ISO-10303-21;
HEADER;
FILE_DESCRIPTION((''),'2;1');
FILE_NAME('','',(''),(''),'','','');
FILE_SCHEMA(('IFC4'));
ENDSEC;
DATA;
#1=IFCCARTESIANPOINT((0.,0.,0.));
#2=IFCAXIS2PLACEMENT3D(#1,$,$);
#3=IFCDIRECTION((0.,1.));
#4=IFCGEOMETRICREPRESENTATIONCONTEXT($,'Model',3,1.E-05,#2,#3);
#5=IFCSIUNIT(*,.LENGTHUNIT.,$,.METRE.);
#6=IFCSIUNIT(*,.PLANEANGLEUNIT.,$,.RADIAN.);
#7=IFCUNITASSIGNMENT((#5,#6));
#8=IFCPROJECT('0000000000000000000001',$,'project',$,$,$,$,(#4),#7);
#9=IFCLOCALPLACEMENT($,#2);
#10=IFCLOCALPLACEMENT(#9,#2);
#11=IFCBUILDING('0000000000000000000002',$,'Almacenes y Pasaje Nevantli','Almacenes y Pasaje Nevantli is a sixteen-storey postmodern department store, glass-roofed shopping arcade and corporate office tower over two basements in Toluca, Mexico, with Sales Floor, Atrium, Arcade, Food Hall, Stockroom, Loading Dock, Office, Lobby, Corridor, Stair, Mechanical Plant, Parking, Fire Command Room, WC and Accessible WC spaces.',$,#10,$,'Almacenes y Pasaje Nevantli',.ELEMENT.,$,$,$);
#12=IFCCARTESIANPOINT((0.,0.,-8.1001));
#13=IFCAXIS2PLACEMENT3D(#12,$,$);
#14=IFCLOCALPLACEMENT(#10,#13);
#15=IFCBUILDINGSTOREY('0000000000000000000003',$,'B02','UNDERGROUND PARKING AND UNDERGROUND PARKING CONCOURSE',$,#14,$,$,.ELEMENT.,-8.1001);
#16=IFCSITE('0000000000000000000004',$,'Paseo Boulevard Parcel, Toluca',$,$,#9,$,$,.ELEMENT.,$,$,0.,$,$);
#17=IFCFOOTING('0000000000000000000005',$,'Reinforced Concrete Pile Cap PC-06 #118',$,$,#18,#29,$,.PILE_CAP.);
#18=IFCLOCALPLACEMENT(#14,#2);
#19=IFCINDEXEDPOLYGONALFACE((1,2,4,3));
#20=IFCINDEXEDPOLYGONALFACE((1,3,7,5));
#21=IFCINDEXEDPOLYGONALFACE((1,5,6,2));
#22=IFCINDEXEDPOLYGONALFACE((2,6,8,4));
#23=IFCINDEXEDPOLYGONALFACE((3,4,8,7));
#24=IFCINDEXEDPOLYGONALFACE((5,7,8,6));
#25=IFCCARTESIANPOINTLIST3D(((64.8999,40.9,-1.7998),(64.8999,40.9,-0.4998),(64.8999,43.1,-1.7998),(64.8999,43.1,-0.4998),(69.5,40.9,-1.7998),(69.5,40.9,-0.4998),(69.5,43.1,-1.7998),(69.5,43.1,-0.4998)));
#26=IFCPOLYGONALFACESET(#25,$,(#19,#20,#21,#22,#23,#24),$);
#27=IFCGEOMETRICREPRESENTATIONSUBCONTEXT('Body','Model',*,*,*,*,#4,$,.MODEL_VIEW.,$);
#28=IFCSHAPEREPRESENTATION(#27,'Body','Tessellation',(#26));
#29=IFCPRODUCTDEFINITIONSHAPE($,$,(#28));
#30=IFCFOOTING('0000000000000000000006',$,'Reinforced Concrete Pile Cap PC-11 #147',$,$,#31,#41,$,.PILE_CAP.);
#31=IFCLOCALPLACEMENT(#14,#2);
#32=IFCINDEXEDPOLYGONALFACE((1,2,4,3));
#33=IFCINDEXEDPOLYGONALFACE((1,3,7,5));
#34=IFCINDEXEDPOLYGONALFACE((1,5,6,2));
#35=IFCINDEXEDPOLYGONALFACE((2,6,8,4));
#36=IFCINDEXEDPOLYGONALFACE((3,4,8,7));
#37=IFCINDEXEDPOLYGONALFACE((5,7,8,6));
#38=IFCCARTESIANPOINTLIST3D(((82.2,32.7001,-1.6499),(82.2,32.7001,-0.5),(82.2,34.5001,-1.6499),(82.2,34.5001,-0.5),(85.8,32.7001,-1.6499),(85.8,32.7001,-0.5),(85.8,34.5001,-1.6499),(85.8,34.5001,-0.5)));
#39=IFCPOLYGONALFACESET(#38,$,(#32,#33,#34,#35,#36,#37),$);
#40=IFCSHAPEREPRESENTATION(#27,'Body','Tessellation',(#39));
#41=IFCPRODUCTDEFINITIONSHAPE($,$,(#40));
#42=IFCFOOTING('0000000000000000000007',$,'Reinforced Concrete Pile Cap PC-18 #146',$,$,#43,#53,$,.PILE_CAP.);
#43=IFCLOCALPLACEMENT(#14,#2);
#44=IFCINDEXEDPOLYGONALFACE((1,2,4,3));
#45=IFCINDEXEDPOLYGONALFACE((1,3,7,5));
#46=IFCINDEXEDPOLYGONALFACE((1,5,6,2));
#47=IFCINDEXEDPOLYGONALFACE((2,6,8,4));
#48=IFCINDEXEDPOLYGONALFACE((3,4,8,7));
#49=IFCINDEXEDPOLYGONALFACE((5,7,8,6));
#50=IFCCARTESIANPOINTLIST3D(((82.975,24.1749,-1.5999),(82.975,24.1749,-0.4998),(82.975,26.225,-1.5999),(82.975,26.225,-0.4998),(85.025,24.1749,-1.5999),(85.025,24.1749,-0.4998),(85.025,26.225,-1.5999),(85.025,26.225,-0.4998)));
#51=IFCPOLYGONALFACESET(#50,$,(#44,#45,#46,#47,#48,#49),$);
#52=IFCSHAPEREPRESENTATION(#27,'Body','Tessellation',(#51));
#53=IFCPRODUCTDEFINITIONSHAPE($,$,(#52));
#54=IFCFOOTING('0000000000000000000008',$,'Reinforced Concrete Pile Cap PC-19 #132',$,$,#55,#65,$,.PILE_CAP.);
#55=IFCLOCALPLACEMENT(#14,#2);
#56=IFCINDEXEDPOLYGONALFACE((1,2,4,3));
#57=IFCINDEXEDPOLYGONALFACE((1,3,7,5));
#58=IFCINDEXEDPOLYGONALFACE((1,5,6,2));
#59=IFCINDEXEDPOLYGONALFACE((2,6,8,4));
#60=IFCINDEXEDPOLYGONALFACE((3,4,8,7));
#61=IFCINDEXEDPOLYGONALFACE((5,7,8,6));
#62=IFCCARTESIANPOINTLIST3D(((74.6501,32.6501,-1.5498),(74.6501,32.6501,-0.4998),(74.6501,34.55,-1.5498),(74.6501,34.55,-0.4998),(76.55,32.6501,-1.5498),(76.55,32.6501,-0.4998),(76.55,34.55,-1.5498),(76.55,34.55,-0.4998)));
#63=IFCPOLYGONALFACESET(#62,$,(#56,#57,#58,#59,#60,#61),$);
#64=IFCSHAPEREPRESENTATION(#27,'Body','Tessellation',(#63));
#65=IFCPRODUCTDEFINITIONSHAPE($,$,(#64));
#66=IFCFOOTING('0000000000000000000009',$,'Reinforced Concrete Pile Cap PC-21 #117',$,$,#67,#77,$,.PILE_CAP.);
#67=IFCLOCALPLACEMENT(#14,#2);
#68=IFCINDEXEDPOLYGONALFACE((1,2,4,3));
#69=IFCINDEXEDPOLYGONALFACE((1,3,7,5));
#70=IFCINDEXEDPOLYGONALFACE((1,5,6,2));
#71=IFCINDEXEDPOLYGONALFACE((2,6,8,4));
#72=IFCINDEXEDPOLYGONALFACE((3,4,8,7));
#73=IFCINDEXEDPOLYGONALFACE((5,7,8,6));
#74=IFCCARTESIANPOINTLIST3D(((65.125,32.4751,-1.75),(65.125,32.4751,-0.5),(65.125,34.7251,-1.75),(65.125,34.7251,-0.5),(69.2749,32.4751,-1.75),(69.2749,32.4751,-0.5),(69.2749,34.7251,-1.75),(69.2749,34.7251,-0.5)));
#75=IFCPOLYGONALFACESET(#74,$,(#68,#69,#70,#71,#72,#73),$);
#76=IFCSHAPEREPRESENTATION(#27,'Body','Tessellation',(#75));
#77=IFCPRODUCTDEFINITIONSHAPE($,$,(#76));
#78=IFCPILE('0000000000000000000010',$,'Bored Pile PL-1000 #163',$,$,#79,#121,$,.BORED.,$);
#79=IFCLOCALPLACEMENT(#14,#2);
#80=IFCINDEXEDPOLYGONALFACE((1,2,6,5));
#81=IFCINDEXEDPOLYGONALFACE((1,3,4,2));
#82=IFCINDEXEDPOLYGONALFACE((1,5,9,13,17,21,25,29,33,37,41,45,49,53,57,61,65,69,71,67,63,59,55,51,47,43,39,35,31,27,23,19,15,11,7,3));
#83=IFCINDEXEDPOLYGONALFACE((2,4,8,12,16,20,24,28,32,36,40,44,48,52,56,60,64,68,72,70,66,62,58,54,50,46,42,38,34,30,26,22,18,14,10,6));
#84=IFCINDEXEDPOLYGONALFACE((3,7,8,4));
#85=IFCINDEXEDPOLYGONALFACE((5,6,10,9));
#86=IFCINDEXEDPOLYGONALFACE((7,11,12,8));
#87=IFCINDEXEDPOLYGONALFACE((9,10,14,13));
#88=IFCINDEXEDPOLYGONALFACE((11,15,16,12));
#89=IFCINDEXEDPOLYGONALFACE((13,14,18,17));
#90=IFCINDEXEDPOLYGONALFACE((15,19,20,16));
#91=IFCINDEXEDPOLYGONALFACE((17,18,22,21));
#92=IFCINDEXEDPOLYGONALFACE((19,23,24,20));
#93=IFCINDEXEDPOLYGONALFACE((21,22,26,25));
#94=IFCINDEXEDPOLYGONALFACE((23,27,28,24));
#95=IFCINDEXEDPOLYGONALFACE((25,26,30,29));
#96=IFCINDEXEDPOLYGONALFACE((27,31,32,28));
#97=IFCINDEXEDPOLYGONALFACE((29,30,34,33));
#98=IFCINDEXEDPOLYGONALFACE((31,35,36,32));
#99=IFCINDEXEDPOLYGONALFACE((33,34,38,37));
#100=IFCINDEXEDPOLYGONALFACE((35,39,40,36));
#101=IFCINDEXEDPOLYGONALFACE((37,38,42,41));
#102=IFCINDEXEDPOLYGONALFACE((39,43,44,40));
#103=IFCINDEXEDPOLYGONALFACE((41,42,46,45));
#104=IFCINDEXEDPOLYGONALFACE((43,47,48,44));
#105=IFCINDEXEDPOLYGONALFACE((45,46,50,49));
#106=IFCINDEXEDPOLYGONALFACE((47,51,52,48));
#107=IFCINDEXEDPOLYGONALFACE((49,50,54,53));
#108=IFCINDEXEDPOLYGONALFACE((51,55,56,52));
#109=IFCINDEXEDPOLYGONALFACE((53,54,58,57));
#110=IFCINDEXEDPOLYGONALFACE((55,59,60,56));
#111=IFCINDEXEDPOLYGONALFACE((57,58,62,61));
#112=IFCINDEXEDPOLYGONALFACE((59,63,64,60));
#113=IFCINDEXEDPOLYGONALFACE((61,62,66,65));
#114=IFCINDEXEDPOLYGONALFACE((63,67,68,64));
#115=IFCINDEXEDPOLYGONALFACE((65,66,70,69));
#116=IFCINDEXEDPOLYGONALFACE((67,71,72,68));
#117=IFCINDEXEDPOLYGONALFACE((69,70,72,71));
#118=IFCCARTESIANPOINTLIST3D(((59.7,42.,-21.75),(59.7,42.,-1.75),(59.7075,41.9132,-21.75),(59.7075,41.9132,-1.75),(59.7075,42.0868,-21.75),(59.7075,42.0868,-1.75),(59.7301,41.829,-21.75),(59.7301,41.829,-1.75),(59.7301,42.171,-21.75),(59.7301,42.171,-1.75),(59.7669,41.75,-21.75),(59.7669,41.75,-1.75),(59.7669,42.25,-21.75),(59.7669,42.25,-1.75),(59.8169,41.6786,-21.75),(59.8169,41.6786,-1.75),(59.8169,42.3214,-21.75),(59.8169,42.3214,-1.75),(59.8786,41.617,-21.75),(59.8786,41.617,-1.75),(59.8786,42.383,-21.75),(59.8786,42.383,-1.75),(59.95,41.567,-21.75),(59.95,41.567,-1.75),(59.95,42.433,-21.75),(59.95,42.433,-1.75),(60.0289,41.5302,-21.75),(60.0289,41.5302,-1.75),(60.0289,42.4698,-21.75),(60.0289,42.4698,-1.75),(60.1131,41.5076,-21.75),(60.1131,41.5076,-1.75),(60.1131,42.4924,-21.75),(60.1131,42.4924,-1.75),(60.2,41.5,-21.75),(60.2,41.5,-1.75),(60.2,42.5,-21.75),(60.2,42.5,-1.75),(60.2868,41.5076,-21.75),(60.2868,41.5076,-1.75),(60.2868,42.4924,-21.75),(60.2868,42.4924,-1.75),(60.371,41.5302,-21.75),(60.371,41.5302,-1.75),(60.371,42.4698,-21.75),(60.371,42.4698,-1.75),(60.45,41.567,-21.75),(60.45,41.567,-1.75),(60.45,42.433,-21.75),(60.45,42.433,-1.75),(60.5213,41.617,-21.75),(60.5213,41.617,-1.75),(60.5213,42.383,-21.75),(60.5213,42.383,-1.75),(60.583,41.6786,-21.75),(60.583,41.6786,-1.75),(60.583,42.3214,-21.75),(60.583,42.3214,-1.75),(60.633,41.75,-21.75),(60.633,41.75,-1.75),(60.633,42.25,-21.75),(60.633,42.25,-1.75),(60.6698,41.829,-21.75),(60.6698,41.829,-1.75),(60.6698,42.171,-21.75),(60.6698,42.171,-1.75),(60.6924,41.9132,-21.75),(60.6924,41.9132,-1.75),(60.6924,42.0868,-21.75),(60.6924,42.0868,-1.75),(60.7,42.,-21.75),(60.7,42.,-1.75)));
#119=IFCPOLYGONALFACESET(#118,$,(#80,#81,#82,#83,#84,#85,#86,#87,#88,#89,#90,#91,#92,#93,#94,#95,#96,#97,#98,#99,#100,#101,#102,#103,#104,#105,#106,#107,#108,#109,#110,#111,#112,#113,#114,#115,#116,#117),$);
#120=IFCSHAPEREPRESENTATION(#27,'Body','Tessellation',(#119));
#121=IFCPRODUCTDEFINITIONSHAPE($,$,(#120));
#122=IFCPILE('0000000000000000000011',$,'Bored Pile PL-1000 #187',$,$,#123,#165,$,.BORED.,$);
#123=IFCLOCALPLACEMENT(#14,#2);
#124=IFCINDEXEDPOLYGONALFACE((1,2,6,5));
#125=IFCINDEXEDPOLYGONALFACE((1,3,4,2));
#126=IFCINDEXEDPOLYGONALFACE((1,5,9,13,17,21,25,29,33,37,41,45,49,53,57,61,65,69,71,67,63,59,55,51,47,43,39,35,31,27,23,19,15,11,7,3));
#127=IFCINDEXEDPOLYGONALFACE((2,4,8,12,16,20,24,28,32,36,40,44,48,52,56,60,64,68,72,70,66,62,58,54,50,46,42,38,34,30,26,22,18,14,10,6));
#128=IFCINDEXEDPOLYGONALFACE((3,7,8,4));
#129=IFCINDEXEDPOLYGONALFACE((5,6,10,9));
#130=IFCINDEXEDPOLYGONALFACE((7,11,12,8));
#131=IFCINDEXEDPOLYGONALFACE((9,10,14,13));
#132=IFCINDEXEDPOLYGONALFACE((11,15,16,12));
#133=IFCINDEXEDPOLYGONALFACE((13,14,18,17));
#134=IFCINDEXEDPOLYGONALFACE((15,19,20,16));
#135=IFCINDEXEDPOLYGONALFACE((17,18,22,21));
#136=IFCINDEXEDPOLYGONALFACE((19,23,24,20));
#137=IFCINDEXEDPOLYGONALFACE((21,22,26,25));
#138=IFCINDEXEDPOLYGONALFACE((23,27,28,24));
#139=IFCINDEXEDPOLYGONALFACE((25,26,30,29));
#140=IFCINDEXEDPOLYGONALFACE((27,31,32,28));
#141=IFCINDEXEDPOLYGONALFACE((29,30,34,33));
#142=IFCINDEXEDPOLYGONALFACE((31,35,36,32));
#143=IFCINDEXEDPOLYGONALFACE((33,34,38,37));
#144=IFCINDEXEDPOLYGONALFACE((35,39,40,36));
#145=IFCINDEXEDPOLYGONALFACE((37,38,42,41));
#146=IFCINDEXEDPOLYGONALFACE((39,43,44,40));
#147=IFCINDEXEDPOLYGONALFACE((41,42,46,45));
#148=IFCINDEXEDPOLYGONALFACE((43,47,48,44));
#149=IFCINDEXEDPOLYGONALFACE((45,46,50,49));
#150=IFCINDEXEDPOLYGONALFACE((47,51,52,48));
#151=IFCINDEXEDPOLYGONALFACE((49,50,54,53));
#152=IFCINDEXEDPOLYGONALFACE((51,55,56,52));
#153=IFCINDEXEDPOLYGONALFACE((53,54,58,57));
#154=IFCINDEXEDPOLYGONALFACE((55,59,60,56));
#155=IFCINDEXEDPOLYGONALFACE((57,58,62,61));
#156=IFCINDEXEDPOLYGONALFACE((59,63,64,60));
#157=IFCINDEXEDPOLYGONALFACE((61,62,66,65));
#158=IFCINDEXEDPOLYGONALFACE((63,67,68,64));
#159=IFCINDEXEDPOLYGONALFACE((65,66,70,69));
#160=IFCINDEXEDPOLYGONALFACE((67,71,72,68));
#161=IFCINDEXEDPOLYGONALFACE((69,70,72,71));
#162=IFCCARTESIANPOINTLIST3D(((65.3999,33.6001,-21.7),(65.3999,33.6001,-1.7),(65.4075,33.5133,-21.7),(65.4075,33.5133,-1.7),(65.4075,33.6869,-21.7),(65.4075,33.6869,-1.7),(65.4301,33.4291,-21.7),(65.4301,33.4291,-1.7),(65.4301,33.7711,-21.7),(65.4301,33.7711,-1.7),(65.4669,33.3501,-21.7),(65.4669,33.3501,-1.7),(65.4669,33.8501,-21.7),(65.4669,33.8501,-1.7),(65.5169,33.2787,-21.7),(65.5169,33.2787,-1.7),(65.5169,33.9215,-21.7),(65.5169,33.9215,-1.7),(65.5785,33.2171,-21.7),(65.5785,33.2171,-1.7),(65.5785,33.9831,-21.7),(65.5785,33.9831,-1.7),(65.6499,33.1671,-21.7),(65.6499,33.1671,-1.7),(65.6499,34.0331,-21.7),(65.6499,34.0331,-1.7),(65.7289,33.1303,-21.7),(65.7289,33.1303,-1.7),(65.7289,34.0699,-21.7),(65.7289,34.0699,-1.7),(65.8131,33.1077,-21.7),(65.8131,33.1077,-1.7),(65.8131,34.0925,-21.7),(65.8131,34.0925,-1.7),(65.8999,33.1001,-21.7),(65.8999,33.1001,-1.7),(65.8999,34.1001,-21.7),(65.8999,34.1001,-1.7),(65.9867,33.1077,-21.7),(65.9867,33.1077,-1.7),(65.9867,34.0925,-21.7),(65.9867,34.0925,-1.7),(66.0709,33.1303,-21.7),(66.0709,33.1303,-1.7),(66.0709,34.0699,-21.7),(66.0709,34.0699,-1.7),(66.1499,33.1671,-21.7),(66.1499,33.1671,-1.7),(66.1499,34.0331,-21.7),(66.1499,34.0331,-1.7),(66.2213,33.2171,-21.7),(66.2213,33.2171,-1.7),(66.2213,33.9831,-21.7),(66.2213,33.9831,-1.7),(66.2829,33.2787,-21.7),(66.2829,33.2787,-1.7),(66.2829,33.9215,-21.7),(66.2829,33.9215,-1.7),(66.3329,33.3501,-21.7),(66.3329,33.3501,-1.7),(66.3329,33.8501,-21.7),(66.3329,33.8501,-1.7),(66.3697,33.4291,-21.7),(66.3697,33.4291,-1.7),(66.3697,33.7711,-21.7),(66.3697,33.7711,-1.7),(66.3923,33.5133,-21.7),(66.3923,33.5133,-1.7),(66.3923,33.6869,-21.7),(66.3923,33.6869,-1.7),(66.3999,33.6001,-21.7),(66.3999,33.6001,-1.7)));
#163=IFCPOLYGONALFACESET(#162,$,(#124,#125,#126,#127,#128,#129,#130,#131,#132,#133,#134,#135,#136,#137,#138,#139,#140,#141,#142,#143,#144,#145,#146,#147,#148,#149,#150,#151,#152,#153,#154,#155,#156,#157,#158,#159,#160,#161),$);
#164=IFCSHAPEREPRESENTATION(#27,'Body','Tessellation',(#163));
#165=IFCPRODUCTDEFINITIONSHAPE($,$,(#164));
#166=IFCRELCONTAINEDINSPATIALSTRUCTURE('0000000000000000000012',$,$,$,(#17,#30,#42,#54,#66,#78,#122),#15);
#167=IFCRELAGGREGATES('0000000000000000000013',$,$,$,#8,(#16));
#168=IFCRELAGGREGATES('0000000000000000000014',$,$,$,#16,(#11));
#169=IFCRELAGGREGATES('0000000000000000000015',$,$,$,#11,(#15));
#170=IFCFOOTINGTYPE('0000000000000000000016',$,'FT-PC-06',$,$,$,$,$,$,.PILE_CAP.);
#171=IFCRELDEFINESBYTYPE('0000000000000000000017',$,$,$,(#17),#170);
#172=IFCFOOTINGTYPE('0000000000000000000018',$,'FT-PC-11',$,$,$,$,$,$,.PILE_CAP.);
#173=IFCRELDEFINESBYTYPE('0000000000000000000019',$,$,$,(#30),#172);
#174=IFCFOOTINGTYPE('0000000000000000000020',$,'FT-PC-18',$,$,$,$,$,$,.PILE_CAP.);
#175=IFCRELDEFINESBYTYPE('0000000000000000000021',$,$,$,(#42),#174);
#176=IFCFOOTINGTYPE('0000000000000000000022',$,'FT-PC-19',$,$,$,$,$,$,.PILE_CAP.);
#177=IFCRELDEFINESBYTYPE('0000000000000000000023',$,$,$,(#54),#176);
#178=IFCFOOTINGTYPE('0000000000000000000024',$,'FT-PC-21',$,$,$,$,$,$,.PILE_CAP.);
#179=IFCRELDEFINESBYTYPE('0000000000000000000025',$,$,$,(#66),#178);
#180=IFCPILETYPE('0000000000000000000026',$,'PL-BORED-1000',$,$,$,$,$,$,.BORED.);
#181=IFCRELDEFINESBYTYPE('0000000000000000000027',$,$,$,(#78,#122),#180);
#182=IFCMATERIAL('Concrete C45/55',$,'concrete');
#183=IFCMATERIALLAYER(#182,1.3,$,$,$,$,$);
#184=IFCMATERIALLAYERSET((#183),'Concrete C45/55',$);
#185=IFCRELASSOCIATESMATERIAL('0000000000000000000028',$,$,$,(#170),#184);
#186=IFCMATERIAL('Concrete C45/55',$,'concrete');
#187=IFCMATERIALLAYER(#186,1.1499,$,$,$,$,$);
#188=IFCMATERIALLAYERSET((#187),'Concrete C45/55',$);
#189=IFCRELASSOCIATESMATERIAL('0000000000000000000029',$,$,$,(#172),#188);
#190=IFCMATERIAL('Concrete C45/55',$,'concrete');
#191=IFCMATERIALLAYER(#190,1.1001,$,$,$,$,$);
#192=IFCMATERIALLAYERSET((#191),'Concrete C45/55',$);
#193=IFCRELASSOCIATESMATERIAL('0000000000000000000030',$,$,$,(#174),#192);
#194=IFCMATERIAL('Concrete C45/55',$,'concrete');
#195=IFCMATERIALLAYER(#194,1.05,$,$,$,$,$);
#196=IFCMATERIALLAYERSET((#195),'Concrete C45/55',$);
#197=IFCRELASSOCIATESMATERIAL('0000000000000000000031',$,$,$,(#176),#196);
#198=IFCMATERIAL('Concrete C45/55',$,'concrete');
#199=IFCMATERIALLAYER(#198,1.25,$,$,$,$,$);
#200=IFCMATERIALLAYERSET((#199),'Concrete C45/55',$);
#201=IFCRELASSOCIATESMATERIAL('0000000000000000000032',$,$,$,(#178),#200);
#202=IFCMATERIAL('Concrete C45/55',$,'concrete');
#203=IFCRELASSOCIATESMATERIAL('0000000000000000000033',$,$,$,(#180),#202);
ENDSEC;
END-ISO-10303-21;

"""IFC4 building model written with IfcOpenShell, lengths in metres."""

from ifc_helpers import new_model, si_unit, direction, frame, origin, origin_2d, place, context, subcontext, project, spatial, rectangle, circle, extrude, material, layer, layer_set, material_profile, profile_set, type_object, element, save


model = new_model("IFC4")

# Units and contexts
model_context = context("Model", 3, precision=1e-05, world=origin(), true_north=direction((0.0, 1.0)))
body_context = subcontext(model_context, "Body", "Model", "MODEL_VIEW")
ifc_project = project(units=[si_unit("LENGTHUNIT", "METRE"), si_unit("PLANEANGLEUNIT", "RADIAN")], contexts=[model_context])

# Site, building, storey
site_placement = place(None, origin())
site = spatial("IfcSite", under=ifc_project, at=site_placement, Name="Paseo Boulevard Parcel, Toluca", CompositionType="ELEMENT", RefElevation=0.0)
building_placement = place(site_placement, origin())
building = spatial("IfcBuilding", under=site, at=building_placement, Name="Almacenes y Pasaje Nevantli", Description="Almacenes y Pasaje Nevantli is a sixteen-storey postmodern department store, glass-roofed shopping arcade and corporate office tower over two basements in Toluca, Mexico, with Sales Floor, Atrium, Arcade, Food Hall, Stockroom, Loading Dock, Office, Lobby, Corridor, Stair, Mechanical Plant, Parking, Fire Command Room, WC and Accessible WC spaces.", LongName="Almacenes y Pasaje Nevantli", CompositionType="ELEMENT")
storey_placement = place(building_placement, frame((0.0, 0.0, -8.1001)))
storey = spatial("IfcBuildingStorey", under=building, at=storey_placement, Name="B02", Description="UNDERGROUND PARKING AND UNDERGROUND PARKING CONCOURSE", CompositionType="ELEMENT", Elevation=-8.1001)

# Footings
ifc_material_1 = material(Name="Concrete C45/55", Category="concrete")
ifc_layer_1 = layer(ifc_material_1, 1.3)
ifc_layer_set_1 = layer_set([ifc_layer_1], Name="Concrete C45/55")
footing_type_1 = type_object("IfcFootingType", Name="FT-PC-06", PredefinedType="PILE_CAP", material=ifc_layer_set_1)
footing_1_placement = place(storey_placement, frame((67.2, 42.0, -1.7998), z_axis=(0.0, 0.0, 1.0), x_axis=(1.0, 0.0, 0.0)))
element("IfcFooting", 1, at=footing_1_placement, inside=storey, type_object=footing_type_1, Name="Reinforced Concrete Pile Cap PC-06 #118", PredefinedType="PILE_CAP", context=body_context, shape_type="SweptSolid", body=[
    extrude(rectangle(XDim=4.6001, YDim=2.2, at=origin_2d()), origin(), (0.0, 0.0, 1.0), 1.3),
])
ifc_material_2 = material(Name="Concrete C45/55", Category="concrete")
ifc_layer_2 = layer(ifc_material_2, 1.1499)
ifc_layer_set_2 = layer_set([ifc_layer_2], Name="Concrete C45/55")
footing_type_2 = type_object("IfcFootingType", Name="FT-PC-11", PredefinedType="PILE_CAP", material=ifc_layer_set_2)
footing_2_placement = place(storey_placement, frame((84.0, 33.6001, -1.6499), z_axis=(0.0, 0.0, 1.0), x_axis=(1.0, 0.0, 0.0)))
element("IfcFooting", 2, at=footing_2_placement, inside=storey, type_object=footing_type_2, Name="Reinforced Concrete Pile Cap PC-11 #147", PredefinedType="PILE_CAP", context=body_context, shape_type="SweptSolid", body=[
    extrude(rectangle(XDim=3.6001, YDim=1.8, at=origin_2d()), origin(), (0.0, 0.0, 1.0), 1.1499),
])
ifc_material_3 = material(Name="Concrete C45/55", Category="concrete")
ifc_layer_3 = layer(ifc_material_3, 1.1001)
ifc_layer_set_3 = layer_set([ifc_layer_3], Name="Concrete C45/55")
footing_type_3 = type_object("IfcFootingType", Name="FT-PC-18", PredefinedType="PILE_CAP", material=ifc_layer_set_3)
footing_3_placement = place(storey_placement, frame((84.0, 25.2, -1.5999), z_axis=(0.0, 0.0, 1.0), x_axis=(1.0, 0.0, 0.0)))
element("IfcFooting", 3, at=footing_3_placement, inside=storey, type_object=footing_type_3, Name="Reinforced Concrete Pile Cap PC-18 #146", PredefinedType="PILE_CAP", context=body_context, shape_type="SweptSolid", body=[
    extrude(rectangle(XDim=2.05, YDim=2.05, at=origin_2d()), origin(), (0.0, 0.0, 1.0), 1.1001),
])
ifc_material_4 = material(Name="Concrete C45/55", Category="concrete")
ifc_layer_4 = layer(ifc_material_4, 1.05)
ifc_layer_set_4 = layer_set([ifc_layer_4], Name="Concrete C45/55")
footing_type_4 = type_object("IfcFootingType", Name="FT-PC-19", PredefinedType="PILE_CAP", material=ifc_layer_set_4)
footing_4_placement = place(storey_placement, frame((75.6001, 33.6001, -1.5498), z_axis=(0.0, 0.0, 1.0), x_axis=(1.0, 0.0, 0.0)))
element("IfcFooting", 4, at=footing_4_placement, inside=storey, type_object=footing_type_4, Name="Reinforced Concrete Pile Cap PC-19 #132", PredefinedType="PILE_CAP", context=body_context, shape_type="SweptSolid", body=[
    extrude(rectangle(XDim=1.8999, YDim=1.8999, at=origin_2d()), origin(), (0.0, 0.0, 1.0), 1.05),
])
ifc_material_5 = material(Name="Concrete C45/55", Category="concrete")
ifc_layer_5 = layer(ifc_material_5, 1.25)
ifc_layer_set_5 = layer_set([ifc_layer_5], Name="Concrete C45/55")
footing_type_5 = type_object("IfcFootingType", Name="FT-PC-21", PredefinedType="PILE_CAP", material=ifc_layer_set_5)
footing_5_placement = place(storey_placement, frame((67.2, 33.6001, -1.75), z_axis=(0.0, 0.0, 1.0), x_axis=(1.0, 0.0, 0.0)))
element("IfcFooting", 5, at=footing_5_placement, inside=storey, type_object=footing_type_5, Name="Reinforced Concrete Pile Cap PC-21 #117", PredefinedType="PILE_CAP", context=body_context, shape_type="SweptSolid", body=[
    extrude(rectangle(XDim=4.1499, YDim=2.25, at=origin_2d()), origin(), (0.0, 0.0, 1.0), 1.25),
])

# Piles
ifc_material_6 = material(Name="Concrete C45/55", Category="concrete")
ifc_material_profile_1 = material_profile(ifc_material_6, circle(Radius=0.5, at=origin_2d()), Name="RC-PILE-D1000")
ifc_profile_set_1 = profile_set([ifc_material_profile_1], Name="Concrete C45/55")
pile_type_1 = type_object("IfcPileType", Name="PL-BORED-1000", PredefinedType="BORED", material=ifc_profile_set_1)
for number, where, z_axis, x_axis, name in (
    (6, (60.2, 42.0, -1.75), (0.0, 0.0, -1.0), (1.0, 0.0, 0.0), "Bored Pile PL-1000 #163"),
    (7, (65.8999, 33.6001, -1.7), (0.0, 0.0, -1.0), (1.0, 0.0, 0.0), "Bored Pile PL-1000 #187"),
):
    element("IfcPile", number, at=place(storey_placement, frame(where, z_axis=z_axis, x_axis=x_axis)), inside=storey, type_object=pile_type_1, Name=name, PredefinedType="BORED", context=body_context, shape_type="SweptSolid", body=[
        extrude(circle(Radius=0.5, at=origin_2d()), origin(), (0.0, 0.0, 1.0), 20.0),
    ])

save(model, "model.ifc")
